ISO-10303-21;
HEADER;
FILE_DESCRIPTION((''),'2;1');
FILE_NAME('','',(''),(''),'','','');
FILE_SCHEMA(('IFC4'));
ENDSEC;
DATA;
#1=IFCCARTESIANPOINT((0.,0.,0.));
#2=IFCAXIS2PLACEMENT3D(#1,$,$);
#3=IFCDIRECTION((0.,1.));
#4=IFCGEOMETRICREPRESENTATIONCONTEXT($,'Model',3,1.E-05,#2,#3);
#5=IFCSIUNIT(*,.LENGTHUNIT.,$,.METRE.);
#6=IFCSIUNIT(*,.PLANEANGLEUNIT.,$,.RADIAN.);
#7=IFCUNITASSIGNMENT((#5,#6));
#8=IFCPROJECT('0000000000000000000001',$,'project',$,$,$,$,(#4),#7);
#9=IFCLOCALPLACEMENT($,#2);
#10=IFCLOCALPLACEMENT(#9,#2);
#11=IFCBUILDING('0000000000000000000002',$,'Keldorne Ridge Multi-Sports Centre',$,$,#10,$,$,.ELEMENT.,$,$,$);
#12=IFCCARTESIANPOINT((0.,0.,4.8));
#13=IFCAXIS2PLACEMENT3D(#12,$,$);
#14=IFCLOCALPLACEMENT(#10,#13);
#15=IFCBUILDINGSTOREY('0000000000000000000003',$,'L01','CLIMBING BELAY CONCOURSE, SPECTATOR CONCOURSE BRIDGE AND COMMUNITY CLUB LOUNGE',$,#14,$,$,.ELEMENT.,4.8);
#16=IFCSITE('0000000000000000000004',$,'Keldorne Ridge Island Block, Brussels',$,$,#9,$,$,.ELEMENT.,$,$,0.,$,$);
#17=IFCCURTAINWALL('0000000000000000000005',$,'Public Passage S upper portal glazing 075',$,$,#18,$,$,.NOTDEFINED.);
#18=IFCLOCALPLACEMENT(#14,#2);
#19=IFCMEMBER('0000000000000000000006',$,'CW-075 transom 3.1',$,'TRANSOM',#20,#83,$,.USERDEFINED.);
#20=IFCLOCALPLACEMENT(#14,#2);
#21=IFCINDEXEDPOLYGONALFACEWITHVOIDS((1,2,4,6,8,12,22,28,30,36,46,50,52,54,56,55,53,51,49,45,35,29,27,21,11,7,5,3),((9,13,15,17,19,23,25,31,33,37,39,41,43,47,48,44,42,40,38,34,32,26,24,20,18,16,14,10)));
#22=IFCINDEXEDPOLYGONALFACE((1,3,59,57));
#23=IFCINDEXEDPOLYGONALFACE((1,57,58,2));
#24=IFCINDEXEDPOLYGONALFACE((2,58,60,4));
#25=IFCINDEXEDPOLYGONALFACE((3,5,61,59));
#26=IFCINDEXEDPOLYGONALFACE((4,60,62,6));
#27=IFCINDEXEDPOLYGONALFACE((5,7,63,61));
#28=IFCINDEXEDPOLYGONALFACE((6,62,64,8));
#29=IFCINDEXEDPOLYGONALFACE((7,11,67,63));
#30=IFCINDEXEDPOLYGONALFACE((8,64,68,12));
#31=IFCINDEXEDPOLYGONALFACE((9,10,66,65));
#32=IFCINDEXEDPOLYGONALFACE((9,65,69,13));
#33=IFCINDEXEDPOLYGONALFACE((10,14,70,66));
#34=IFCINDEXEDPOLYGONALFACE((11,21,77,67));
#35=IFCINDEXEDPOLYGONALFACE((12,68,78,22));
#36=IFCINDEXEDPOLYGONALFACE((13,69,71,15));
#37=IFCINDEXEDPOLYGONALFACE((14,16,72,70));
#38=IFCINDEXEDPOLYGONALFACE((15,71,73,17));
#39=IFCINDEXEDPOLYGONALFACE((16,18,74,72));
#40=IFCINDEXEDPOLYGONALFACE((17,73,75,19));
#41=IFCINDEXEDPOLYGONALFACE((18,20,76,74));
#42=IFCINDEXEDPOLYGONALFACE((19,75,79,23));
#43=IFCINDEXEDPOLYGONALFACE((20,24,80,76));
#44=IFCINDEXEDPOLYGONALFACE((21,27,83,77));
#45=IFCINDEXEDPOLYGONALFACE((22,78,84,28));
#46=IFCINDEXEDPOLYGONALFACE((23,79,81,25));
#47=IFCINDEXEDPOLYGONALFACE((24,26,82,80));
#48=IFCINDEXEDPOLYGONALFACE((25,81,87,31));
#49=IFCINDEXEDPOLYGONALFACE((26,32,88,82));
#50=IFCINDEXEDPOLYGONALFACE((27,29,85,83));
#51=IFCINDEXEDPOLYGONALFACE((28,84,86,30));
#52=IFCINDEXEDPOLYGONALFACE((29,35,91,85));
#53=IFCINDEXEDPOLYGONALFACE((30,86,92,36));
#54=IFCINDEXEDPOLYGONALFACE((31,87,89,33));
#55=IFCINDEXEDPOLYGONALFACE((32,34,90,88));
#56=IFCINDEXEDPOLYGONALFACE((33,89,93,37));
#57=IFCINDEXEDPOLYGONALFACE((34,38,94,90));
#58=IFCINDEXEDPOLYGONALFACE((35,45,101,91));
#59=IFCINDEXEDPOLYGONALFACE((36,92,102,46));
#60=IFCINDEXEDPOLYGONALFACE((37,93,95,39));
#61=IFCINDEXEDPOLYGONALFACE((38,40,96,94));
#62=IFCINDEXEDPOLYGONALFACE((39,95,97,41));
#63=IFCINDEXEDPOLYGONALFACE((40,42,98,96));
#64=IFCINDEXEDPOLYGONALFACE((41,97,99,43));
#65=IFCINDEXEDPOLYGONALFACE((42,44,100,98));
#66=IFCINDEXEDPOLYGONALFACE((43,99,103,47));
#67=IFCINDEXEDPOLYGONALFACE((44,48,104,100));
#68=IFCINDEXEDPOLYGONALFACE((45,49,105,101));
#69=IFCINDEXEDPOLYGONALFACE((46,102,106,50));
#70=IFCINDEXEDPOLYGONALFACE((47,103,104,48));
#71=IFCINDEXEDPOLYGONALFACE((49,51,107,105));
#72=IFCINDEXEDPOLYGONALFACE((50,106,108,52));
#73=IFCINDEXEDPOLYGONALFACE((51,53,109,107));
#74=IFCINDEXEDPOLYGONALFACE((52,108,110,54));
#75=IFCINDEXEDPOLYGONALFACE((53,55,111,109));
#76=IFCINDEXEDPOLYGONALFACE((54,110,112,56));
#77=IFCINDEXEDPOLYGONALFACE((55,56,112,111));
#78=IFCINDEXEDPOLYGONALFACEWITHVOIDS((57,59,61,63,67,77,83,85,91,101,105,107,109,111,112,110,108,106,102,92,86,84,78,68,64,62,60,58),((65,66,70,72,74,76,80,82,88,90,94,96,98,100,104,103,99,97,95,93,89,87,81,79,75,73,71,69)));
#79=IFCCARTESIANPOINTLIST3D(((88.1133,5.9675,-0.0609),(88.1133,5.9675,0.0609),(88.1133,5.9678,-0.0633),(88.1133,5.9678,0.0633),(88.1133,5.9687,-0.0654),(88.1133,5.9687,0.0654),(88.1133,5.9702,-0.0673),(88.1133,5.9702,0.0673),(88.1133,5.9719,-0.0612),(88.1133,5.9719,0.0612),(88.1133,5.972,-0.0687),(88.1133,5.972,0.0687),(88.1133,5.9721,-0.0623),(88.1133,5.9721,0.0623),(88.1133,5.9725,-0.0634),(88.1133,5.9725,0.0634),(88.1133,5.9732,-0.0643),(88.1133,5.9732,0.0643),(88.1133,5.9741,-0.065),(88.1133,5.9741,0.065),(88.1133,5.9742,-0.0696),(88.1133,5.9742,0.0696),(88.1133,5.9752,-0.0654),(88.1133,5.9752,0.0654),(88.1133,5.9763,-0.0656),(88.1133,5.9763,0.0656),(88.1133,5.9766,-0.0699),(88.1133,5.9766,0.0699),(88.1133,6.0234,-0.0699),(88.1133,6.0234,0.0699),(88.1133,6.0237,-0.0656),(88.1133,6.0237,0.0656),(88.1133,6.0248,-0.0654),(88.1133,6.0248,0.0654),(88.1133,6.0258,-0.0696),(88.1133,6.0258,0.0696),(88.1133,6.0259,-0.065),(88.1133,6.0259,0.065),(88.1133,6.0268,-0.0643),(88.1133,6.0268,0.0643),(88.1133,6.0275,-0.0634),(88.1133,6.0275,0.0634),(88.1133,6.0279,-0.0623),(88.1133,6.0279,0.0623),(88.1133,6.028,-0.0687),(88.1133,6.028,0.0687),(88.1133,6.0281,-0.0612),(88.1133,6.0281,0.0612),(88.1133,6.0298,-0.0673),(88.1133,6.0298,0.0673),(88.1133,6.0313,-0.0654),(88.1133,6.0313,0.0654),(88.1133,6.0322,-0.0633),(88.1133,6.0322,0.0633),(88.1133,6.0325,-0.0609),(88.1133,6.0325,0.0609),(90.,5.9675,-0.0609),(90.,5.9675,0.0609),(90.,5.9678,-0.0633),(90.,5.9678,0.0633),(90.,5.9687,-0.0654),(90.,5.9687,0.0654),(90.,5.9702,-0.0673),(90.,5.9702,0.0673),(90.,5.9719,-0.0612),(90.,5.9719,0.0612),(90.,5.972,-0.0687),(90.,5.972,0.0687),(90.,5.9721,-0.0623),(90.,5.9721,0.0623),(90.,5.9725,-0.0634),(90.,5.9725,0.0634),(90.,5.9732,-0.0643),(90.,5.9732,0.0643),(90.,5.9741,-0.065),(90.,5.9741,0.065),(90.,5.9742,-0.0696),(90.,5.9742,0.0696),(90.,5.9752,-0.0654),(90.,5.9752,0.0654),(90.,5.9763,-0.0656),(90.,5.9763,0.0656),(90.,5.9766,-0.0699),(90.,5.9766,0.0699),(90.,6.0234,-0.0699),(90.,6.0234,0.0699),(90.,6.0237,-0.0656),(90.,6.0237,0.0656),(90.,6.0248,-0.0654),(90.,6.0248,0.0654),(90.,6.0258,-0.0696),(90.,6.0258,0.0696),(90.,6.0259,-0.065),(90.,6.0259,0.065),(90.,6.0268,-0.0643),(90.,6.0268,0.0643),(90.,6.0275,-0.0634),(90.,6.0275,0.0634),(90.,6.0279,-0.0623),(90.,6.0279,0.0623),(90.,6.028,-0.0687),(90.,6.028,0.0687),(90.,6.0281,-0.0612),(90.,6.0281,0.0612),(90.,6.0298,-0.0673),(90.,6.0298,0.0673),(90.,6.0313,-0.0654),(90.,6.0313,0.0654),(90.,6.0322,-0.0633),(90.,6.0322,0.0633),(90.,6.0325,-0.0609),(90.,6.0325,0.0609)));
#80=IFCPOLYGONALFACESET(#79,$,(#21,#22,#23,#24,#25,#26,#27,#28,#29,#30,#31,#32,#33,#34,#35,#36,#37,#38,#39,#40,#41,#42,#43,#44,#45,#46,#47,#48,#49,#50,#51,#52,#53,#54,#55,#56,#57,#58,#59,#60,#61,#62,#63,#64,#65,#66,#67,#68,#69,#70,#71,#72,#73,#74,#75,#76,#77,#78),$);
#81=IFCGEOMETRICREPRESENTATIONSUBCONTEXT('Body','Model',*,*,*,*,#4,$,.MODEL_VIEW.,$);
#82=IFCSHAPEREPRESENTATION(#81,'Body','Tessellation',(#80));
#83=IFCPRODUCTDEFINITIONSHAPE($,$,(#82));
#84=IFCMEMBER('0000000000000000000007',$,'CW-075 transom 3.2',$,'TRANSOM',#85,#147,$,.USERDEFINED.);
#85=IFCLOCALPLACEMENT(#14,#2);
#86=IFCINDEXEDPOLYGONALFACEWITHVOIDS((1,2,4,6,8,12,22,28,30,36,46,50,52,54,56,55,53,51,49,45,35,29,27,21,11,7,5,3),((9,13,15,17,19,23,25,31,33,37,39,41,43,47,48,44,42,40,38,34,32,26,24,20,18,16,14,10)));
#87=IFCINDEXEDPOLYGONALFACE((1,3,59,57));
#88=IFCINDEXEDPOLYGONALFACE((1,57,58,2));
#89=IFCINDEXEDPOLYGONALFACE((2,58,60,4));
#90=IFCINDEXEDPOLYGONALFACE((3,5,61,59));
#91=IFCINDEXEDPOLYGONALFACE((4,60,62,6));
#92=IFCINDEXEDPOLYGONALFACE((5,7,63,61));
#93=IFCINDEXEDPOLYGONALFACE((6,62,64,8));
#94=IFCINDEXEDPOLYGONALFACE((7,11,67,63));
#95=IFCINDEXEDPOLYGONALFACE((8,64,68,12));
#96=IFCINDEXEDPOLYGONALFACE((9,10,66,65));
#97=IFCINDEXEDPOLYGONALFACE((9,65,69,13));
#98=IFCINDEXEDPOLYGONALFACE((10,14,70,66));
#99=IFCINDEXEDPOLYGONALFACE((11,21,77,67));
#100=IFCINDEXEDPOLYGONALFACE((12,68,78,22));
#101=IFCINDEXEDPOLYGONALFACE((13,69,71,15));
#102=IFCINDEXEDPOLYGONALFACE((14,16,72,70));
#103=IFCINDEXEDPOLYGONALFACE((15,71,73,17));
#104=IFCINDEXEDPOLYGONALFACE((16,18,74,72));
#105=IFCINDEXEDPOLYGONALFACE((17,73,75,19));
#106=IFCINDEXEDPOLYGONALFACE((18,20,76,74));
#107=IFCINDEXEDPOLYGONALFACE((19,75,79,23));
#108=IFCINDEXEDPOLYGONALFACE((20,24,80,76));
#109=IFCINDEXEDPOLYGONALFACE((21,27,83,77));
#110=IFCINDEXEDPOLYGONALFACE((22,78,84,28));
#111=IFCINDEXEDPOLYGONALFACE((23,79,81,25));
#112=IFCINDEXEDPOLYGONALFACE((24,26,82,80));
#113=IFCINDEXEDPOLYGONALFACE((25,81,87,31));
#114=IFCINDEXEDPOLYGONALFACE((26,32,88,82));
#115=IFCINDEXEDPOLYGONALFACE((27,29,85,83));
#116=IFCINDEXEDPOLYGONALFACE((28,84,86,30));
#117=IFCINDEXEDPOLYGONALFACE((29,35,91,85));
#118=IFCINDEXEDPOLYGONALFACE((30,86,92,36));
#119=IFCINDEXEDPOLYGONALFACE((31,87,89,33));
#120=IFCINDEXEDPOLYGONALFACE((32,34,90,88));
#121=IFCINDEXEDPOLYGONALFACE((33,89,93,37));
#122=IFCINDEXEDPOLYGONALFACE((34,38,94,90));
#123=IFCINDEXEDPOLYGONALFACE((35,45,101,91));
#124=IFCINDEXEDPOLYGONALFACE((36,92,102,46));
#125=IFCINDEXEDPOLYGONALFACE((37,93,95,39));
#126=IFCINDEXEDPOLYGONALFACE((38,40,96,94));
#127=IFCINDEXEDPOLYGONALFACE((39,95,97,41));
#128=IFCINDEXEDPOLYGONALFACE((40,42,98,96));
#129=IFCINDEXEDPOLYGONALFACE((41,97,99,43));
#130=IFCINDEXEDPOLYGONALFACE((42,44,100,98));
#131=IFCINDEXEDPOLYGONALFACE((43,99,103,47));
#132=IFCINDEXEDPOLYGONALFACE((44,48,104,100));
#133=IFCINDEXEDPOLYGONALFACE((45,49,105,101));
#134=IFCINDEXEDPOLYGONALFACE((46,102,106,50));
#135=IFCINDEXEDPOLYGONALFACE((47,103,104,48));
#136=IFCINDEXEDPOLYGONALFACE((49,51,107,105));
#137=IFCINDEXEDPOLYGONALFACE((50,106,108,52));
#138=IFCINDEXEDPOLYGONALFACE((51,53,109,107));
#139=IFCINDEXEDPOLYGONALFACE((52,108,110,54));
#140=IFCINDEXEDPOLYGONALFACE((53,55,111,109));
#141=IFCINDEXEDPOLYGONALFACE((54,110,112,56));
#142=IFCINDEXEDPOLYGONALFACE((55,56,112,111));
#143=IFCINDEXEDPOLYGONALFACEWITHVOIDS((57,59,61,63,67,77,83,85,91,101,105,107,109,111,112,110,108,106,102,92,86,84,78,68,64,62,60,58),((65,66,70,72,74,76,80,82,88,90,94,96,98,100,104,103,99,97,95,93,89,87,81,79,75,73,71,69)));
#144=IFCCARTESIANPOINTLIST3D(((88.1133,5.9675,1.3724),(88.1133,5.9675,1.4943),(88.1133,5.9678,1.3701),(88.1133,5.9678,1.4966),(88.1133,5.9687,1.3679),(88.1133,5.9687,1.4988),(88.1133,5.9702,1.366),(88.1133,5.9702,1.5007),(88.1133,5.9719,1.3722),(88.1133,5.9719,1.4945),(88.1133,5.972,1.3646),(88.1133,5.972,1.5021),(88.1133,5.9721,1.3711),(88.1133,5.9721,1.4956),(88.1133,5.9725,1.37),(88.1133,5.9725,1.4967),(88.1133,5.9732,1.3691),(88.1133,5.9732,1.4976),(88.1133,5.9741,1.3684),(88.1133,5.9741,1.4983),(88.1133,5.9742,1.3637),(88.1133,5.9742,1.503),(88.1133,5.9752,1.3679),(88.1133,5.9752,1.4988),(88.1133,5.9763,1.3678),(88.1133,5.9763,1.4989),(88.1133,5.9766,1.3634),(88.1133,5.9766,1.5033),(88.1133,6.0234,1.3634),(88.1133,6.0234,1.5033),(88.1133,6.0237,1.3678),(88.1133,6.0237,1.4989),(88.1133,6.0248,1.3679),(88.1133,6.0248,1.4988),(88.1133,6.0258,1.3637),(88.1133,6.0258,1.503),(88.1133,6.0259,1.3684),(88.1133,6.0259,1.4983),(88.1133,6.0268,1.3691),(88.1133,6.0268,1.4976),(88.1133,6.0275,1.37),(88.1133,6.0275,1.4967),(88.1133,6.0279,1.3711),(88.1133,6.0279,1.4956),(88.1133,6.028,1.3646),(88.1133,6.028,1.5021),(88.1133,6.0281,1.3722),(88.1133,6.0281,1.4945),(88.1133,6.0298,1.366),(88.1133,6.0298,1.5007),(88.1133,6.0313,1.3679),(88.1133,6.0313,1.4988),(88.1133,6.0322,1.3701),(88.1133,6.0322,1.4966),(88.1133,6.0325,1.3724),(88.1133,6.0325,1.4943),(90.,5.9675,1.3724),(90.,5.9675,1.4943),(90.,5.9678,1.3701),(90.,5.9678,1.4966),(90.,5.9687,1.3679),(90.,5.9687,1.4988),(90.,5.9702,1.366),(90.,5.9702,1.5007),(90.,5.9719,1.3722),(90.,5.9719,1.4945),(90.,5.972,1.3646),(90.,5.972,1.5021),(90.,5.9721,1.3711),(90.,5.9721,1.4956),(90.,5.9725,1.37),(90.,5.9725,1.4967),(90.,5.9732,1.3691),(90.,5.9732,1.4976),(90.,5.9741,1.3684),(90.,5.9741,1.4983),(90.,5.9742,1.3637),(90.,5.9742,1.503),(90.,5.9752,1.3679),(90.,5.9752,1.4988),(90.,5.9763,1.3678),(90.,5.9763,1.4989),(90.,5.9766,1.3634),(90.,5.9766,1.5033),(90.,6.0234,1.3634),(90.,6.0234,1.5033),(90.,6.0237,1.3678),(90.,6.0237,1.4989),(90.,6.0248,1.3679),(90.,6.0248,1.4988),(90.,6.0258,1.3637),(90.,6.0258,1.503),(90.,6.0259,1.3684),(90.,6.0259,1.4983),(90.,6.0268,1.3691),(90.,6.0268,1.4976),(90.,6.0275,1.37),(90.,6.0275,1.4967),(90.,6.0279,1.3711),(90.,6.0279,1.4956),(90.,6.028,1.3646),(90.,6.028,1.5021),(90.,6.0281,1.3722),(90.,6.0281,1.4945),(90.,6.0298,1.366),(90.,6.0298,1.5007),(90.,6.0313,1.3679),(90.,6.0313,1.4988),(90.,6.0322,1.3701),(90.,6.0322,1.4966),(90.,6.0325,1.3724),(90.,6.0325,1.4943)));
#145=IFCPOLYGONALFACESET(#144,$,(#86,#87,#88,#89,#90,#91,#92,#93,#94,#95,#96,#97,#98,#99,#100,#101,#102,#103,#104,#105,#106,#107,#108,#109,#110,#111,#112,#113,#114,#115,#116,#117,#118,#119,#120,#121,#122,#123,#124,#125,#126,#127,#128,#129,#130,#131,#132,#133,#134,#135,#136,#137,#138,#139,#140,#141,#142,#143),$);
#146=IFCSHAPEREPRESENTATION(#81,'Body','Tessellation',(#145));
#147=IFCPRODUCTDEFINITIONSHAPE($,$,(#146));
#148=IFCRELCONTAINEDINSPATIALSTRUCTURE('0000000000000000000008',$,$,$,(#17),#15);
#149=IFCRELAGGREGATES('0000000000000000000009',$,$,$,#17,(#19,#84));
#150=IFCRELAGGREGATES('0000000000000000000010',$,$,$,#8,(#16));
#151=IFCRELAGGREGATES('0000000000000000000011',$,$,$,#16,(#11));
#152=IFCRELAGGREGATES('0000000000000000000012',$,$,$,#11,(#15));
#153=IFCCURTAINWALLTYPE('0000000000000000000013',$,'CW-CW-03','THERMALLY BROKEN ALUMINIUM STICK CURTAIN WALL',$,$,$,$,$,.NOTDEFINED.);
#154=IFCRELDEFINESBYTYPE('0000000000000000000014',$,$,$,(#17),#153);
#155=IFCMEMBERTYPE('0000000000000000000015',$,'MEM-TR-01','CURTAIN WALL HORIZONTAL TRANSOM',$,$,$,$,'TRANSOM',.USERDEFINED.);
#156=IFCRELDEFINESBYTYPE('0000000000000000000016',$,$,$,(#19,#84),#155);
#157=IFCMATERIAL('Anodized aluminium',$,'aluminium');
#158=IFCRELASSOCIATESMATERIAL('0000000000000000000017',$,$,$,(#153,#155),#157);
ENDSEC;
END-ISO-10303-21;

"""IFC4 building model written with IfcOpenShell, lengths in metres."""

from ifc_helpers import new_model, si_unit, direction, frame, origin, origin_2d, place, context, subcontext, project, spatial, hollow_rectangle, extrude, material, material_profile, profile_set, type_object, element, aggregate, save


model = new_model("IFC4")

# Units and contexts
model_context = context("Model", 3, precision=1e-05, world=origin(), true_north=direction((0.0, 1.0)))
body_context = subcontext(model_context, "Body", "Model", "MODEL_VIEW")
ifc_project = project(units=[si_unit("LENGTHUNIT", "METRE"), si_unit("PLANEANGLEUNIT", "RADIAN")], contexts=[model_context])

# Site, building, storey
site_placement = place(None, origin())
site = spatial("IfcSite", under=ifc_project, at=site_placement, Name="Keldorne Ridge Island Block, Brussels", CompositionType="ELEMENT", RefElevation=0.0)
building_placement = place(site_placement, origin())
building = spatial("IfcBuilding", under=site, at=building_placement, Name="Keldorne Ridge Multi-Sports Centre", CompositionType="ELEMENT")
storey_placement = place(building_placement, frame((0.0, 0.0, 4.8)))
storey = spatial("IfcBuildingStorey", under=building, at=storey_placement, Name="L01", Description="CLIMBING BELAY CONCOURSE, SPECTATOR CONCOURSE BRIDGE AND COMMUNITY CLUB LOUNGE", CompositionType="ELEMENT", Elevation=4.8)

# Curtain wall, members
ifc_material_1 = material(Name="Anodized aluminium", Category="aluminium")
curtain_wall_type = type_object("IfcCurtainWallType", Name="CW-CW-03", Description="THERMALLY BROKEN ALUMINIUM STICK CURTAIN WALL", PredefinedType="NOTDEFINED", material=ifc_material_1)
curtain_wall_placement = place(storey_placement, origin())
curtain_wall = element("IfcCurtainWall", 1, at=curtain_wall_placement, inside=storey, type_object=curtain_wall_type, Name="Public Passage S upper portal glazing 075", PredefinedType="NOTDEFINED")
ifc_material_profile_1 = material_profile(ifc_material_1, hollow_rectangle(XDim=0.0649, YDim=0.1399, WallThickness=0.0044, InnerFilletRadius=0.0044, OuterFilletRadius=0.009, at=origin_2d()), Name="ALU TRANSOM 140x65x4.5")
ifc_profile_set_1 = profile_set([ifc_material_profile_1], Name="Anodized aluminium")
member_type_1 = type_object("IfcMemberType", Name="MEM-TR-01", Description="CURTAIN WALL HORIZONTAL TRANSOM", ElementType="TRANSOM", PredefinedType="USERDEFINED", material=ifc_profile_set_1)
member_1_placement = place(storey_placement, frame((88.1133, 6.0, 0.0), z_axis=(1.0, 0.0, 0.0), x_axis=(0.0, 1.0, 0.0)))
member_1 = element("IfcMember", 2, at=member_1_placement, type_object=member_type_1, Name="CW-075 transom 3.1", ObjectType="TRANSOM", PredefinedType="USERDEFINED", context=body_context, shape_type="SweptSolid", body=[
    extrude(hollow_rectangle(XDim=0.0649, YDim=0.1399, WallThickness=0.0044, InnerFilletRadius=0.0044, OuterFilletRadius=0.009, at=origin_2d()), origin(), (0.0, 0.0, 1.0), 1.8867),
])
member_2_placement = place(storey_placement, frame((88.1133, 6.0, 1.4333), z_axis=(1.0, 0.0, 0.0), x_axis=(0.0, 1.0, 0.0)))
member_2 = element("IfcMember", 3, at=member_2_placement, type_object=member_type_1, Name="CW-075 transom 3.2", ObjectType="TRANSOM", PredefinedType="USERDEFINED", context=body_context, shape_type="SweptSolid", body=[
    extrude(hollow_rectangle(XDim=0.0649, YDim=0.1399, WallThickness=0.0044, InnerFilletRadius=0.0044, OuterFilletRadius=0.009, at=origin_2d()), origin(), (0.0, 0.0, 1.0), 1.8867),
])
aggregate(curtain_wall, [member_1, member_2])

save(model, "model.ifc")
